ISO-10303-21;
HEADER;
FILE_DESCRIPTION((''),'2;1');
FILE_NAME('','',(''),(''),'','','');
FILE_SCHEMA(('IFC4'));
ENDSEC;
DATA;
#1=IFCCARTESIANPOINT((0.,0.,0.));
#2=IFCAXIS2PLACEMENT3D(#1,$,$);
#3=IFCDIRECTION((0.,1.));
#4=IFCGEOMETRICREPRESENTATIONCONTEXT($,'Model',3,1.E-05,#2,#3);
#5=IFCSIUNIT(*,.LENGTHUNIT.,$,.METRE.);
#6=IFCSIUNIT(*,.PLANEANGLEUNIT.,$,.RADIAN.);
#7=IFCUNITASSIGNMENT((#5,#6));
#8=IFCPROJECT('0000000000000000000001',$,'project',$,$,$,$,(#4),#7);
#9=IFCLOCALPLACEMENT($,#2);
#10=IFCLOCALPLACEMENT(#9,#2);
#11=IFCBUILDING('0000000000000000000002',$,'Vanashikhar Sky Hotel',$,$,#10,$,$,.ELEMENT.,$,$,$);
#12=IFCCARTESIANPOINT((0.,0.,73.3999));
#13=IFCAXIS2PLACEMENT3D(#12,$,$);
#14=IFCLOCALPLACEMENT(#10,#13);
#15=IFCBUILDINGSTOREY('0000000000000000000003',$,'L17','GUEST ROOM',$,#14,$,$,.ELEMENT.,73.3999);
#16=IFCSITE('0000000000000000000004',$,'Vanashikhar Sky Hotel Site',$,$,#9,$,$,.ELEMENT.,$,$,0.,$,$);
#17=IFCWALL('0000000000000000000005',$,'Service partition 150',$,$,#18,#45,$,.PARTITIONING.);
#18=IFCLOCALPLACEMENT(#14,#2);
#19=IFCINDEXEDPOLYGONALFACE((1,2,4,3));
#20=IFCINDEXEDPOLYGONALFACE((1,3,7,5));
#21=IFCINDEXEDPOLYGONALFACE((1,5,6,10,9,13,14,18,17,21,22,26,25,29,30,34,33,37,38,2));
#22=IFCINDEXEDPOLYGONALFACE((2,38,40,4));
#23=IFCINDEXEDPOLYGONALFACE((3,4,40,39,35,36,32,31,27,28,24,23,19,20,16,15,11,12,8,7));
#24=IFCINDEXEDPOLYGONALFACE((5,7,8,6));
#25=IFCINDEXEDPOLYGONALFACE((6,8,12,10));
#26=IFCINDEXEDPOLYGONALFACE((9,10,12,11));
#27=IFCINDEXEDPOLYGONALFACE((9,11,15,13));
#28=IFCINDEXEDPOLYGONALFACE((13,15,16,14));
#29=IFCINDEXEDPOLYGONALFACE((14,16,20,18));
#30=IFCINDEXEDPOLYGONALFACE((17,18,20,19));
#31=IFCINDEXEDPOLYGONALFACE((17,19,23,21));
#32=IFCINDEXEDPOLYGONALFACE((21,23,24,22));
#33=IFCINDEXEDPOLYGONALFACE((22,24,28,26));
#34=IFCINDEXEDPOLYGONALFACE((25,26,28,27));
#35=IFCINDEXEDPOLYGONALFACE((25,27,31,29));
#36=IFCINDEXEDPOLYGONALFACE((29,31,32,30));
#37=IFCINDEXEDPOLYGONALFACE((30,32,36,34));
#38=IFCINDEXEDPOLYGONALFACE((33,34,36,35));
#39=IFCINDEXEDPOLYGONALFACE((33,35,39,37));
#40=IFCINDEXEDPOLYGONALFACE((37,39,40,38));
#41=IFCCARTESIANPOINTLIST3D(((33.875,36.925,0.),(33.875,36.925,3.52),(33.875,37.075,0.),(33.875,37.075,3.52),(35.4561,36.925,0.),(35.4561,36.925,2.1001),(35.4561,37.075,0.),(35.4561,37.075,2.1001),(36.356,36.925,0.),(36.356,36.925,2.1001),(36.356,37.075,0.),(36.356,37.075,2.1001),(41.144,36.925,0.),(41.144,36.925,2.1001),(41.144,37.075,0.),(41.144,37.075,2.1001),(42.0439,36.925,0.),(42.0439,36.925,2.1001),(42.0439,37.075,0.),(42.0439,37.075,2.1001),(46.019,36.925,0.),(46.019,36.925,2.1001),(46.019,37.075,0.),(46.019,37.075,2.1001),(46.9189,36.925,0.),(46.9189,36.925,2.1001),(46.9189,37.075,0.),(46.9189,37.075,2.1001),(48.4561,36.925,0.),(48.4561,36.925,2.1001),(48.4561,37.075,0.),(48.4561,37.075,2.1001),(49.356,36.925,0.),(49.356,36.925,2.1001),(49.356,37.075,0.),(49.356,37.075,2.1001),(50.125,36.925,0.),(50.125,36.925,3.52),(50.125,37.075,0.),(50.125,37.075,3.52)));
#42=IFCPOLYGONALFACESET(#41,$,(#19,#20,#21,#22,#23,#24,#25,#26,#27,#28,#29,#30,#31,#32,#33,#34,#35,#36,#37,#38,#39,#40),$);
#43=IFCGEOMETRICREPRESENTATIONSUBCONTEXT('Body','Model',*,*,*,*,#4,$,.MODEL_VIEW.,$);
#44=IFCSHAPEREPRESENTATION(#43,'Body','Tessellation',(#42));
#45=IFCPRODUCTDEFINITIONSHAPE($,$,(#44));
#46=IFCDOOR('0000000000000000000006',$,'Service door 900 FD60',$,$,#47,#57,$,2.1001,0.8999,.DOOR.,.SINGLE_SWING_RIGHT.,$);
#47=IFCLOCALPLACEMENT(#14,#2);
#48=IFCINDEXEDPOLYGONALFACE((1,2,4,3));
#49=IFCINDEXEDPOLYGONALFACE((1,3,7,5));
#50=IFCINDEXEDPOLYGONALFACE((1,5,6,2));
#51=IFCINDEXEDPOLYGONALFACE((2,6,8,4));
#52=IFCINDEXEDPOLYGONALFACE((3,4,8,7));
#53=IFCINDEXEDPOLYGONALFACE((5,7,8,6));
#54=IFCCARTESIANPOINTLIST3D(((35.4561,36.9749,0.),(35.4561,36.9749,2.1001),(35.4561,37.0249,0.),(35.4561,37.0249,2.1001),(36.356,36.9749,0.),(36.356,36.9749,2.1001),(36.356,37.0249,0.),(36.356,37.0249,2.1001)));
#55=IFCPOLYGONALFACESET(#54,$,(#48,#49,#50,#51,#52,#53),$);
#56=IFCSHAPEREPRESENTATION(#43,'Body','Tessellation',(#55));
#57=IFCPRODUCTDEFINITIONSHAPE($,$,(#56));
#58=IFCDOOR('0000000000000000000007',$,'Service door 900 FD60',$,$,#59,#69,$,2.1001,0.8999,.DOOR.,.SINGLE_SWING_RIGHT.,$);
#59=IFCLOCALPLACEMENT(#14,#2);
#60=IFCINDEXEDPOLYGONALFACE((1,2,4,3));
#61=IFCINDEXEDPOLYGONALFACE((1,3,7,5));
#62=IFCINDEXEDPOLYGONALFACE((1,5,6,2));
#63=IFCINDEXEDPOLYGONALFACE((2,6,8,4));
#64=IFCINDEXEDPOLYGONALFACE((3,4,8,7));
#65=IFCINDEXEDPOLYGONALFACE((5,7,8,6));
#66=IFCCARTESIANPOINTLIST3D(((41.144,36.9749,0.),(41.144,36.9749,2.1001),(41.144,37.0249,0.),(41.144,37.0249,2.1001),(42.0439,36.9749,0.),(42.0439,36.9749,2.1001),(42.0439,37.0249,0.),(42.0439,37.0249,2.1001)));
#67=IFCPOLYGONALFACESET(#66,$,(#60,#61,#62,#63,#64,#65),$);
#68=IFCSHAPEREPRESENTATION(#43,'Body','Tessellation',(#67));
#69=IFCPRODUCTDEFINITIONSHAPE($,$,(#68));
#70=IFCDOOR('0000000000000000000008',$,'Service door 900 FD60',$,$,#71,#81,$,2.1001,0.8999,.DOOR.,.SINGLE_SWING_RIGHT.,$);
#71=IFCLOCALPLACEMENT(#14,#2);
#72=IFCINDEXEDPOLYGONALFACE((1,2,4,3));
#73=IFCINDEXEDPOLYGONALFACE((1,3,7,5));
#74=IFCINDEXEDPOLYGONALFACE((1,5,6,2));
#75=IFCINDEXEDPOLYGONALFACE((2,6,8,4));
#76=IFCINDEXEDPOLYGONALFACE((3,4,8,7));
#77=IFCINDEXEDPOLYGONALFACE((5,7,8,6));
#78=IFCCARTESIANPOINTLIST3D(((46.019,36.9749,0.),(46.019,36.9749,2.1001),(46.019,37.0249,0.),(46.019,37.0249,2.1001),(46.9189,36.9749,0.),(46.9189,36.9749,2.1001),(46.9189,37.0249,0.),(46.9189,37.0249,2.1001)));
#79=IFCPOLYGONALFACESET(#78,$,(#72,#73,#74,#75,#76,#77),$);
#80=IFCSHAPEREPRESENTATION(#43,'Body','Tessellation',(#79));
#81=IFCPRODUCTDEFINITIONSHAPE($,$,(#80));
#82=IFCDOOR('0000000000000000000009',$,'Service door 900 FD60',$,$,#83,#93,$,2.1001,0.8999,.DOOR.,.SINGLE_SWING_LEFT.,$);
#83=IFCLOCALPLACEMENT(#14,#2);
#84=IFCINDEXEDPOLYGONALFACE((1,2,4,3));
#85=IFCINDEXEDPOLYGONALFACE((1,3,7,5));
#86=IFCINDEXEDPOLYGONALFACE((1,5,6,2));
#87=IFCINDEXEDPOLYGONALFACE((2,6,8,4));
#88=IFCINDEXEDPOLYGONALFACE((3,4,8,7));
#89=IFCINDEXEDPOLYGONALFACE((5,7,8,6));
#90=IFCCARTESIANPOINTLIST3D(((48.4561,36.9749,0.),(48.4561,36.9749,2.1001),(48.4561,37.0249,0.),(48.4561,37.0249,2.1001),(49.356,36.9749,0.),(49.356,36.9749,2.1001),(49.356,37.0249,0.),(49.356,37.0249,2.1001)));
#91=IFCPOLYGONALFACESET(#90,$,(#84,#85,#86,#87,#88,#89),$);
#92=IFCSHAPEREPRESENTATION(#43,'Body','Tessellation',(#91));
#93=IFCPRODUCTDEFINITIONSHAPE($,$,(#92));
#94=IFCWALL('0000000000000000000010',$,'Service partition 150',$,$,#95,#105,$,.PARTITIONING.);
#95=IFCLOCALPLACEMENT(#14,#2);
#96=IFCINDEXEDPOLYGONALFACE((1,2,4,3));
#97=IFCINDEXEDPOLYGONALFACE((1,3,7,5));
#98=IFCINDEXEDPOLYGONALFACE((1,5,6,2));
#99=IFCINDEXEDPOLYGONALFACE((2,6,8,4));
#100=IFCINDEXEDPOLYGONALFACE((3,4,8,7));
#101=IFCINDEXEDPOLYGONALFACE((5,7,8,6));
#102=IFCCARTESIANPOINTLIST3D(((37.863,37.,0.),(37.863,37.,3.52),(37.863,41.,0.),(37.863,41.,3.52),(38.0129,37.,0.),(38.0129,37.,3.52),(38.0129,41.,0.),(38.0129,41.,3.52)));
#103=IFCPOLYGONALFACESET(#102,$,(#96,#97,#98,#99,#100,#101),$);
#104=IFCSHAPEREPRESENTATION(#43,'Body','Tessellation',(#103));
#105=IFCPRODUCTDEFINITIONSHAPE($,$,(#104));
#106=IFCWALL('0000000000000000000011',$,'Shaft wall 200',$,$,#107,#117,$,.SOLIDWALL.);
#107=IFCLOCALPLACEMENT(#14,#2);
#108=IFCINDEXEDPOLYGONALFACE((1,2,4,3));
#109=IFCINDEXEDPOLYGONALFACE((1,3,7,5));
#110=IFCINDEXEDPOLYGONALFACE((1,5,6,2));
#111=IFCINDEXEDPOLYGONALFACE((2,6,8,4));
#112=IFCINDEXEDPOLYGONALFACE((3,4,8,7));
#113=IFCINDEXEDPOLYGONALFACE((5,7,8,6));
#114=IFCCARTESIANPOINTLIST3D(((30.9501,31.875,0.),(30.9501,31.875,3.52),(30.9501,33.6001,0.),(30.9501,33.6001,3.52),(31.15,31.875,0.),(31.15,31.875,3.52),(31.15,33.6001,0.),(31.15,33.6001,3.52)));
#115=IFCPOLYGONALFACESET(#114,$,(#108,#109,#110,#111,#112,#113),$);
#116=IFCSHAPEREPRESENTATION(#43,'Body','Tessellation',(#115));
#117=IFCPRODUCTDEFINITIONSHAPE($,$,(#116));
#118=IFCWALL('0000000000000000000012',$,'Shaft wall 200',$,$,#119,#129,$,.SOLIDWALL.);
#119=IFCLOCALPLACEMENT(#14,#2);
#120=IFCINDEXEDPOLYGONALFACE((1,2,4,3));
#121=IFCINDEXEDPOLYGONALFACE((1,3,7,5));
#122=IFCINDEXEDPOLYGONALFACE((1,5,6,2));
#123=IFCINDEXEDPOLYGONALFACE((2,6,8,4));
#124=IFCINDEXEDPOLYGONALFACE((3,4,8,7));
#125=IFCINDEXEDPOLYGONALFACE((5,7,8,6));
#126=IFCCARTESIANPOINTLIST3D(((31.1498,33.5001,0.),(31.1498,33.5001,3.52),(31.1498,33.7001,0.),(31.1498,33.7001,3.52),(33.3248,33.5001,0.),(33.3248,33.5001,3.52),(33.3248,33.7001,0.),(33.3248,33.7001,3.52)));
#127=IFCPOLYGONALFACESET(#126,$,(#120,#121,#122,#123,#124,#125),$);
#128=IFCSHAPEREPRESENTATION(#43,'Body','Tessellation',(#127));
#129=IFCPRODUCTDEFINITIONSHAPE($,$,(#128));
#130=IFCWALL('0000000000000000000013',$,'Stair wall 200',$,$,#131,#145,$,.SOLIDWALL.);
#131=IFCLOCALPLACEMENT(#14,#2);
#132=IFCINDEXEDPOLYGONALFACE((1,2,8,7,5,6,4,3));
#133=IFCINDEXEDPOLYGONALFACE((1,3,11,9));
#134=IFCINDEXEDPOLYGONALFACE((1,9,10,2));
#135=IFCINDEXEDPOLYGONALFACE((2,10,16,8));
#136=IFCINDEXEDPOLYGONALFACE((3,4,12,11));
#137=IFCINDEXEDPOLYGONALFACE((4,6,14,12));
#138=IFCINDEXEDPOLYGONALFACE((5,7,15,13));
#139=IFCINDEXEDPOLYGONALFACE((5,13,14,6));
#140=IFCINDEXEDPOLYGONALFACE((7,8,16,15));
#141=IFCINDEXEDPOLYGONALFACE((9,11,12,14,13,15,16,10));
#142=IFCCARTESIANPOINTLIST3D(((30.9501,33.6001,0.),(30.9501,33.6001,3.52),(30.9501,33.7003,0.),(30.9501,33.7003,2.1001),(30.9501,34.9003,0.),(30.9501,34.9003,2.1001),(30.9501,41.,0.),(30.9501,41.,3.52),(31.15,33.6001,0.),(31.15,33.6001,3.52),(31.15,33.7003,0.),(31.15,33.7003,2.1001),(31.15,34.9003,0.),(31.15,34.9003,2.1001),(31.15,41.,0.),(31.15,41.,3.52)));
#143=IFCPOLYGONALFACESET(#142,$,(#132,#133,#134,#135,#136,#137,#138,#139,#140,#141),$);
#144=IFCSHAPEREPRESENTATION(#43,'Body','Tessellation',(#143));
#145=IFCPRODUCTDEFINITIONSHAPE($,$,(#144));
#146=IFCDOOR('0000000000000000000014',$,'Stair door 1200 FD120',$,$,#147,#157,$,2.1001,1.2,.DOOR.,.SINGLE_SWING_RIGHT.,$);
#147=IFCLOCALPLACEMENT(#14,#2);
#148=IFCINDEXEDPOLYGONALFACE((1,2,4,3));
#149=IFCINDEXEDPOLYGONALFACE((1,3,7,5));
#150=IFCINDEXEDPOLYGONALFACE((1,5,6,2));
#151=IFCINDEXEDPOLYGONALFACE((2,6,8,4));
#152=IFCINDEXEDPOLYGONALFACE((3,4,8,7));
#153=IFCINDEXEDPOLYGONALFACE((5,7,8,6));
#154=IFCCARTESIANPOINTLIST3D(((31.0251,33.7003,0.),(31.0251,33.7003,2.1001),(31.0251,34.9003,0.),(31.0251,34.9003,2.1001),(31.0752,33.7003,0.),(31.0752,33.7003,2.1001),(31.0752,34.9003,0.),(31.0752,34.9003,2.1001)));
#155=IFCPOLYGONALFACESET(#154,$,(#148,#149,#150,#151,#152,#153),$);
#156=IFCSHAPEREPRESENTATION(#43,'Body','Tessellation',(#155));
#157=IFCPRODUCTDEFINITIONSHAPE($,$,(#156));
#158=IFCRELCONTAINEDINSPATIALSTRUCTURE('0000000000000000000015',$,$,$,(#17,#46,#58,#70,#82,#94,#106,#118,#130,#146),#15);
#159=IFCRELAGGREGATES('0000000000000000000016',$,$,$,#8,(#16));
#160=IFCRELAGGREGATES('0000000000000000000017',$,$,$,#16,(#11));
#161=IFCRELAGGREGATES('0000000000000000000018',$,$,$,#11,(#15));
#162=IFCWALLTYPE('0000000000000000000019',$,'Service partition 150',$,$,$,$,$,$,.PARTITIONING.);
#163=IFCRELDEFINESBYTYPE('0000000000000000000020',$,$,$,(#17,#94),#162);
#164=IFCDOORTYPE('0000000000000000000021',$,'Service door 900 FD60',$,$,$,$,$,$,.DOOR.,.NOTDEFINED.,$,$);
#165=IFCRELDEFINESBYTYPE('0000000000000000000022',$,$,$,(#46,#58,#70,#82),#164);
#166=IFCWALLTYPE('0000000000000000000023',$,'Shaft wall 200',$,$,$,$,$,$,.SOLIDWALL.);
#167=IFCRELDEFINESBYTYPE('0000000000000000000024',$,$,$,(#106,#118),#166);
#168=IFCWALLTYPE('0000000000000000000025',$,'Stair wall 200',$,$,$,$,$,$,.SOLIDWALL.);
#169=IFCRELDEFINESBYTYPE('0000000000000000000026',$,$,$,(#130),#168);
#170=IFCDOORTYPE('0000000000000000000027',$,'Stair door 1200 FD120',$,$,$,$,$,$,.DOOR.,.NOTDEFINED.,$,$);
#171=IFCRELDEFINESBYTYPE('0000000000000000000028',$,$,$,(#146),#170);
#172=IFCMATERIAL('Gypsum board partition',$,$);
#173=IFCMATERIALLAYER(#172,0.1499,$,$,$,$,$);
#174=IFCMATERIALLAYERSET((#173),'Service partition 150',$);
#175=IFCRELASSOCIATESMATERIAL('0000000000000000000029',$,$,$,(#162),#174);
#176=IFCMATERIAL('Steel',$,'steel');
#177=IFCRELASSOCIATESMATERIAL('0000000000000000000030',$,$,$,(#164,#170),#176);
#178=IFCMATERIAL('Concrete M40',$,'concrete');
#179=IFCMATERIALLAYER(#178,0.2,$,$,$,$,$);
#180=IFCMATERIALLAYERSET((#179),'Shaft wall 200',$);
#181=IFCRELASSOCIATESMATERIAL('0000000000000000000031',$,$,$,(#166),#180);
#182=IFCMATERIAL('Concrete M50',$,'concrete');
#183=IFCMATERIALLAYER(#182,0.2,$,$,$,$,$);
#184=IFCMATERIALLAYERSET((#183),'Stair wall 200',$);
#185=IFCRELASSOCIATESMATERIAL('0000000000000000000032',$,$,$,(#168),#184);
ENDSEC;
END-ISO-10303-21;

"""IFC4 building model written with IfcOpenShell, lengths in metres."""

from ifc_helpers import new_model, si_unit, direction, frame, frame_2d, origin, place, context, subcontext, project, spatial, rectangle, extrude, source, transform, mapped, material, layer, layer_set, type_object, element, fill, save


model = new_model("IFC4")

# Units and contexts
model_context = context("Model", 3, precision=1e-05, world=origin(), true_north=direction((0.0, 1.0)))
body_context = subcontext(model_context, "Body", "Model", "MODEL_VIEW")
ifc_project = project(units=[si_unit("LENGTHUNIT", "METRE"), si_unit("PLANEANGLEUNIT", "RADIAN")], contexts=[model_context])

# Site, building, storey
site_placement = place(None, origin())
site = spatial("IfcSite", under=ifc_project, at=site_placement, Name="Vanashikhar Sky Hotel Site", CompositionType="ELEMENT", RefElevation=0.0)
building_placement = place(site_placement, origin())
building = spatial("IfcBuilding", under=site, at=building_placement, Name="Vanashikhar Sky Hotel", CompositionType="ELEMENT")
storey_placement = place(building_placement, frame((0.0, 0.0, 73.3999)))
storey = spatial("IfcBuildingStorey", under=building, at=storey_placement, Name="L17", Description="GUEST ROOM", CompositionType="ELEMENT", Elevation=73.3999)

# Shared definitions
ifc_material_1 = material(Name="Steel", Category="steel")

# Shared definitions
ifc_material_2 = material(Name="Gypsum board partition")
ifc_layer_1 = layer(ifc_material_2, 0.1499)
ifc_layer_set_1 = layer_set([ifc_layer_1], Name="Service partition 150")
wall_type_1 = type_object("IfcWallType", Name="Service partition 150", PredefinedType="PARTITIONING", material=ifc_layer_set_1)

# Wall, openings, doors
shared_shape_1 = source(origin(), body_context, "Body", "SweptSolid", [
    extrude(rectangle(XDim=0.8999, YDim=2.1001, at=frame_2d((0.45, 1.05))), frame((0.0, 0.085, 0.0), z_axis=(0.0, -1.0, 0.0), x_axis=(1.0, 0.0, 0.0)), (0.0, 0.0, 1.0), 0.1699),
])
door_type_1 = type_object("IfcDoorType", Name="Service door 900 FD60", OperationType="NOTDEFINED", PredefinedType="DOOR", material=ifc_material_1)
shared_shape_2 = source(origin(), body_context, "Body", "SweptSolid", [
    extrude(rectangle(XDim=0.8999, YDim=2.1001, at=frame_2d((0.45, 1.05))), frame((0.0, 0.0249, 0.0), z_axis=(0.0, -1.0, 0.0), x_axis=(1.0, 0.0, 0.0)), (0.0, 0.0, 1.0), 0.05),
])
shared_shape_3 = source(origin(), body_context, "Body", "SweptSolid", [
    extrude(rectangle(XDim=16.25, YDim=0.1499, at=frame_2d((8.125, 0.0))), origin(), (0.0, 0.0, 1.0), 3.52),
])
wall_1_placement = place(storey_placement, frame((33.875, 37.0, 0.0), z_axis=(0.0, 0.0, 1.0), x_axis=(1.0, 0.0, 0.0)))
wall_1 = element("IfcWall", 1, at=wall_1_placement, inside=storey, type_object=wall_type_1, Name="Service partition 150", PredefinedType="PARTITIONING", context=body_context, shape_type="MappedRepresentation", body=[
    mapped(shared_shape_3, transform((0.0, 0.0, 0.0), scale=1.0)),
])
opening_1_placement = place(wall_1_placement, frame((1.5811, 0.0, 0.0)))
opening_1 = element("IfcOpeningElement", 2, at=opening_1_placement, cuts=wall_1, PredefinedType="OPENING", context=body_context, shape_type="MappedRepresentation", body=[
    mapped(shared_shape_1, transform((0.0, 0.0, 0.0), scale=1.0)),
])
opening_2_placement = place(wall_1_placement, frame((7.269, 0.0, 0.0)))
opening_2 = element("IfcOpeningElement", 3, at=opening_2_placement, cuts=wall_1, PredefinedType="OPENING", context=body_context, shape_type="MappedRepresentation", body=[
    mapped(shared_shape_1, transform((0.0, 0.0, 0.0), scale=1.0)),
])
opening_3_placement = place(wall_1_placement, frame((12.144, 0.0, 0.0)))
opening_3 = element("IfcOpeningElement", 4, at=opening_3_placement, cuts=wall_1, PredefinedType="OPENING", context=body_context, shape_type="MappedRepresentation", body=[
    mapped(shared_shape_1, transform((0.0, 0.0, 0.0), scale=1.0)),
])
opening_4_placement = place(wall_1_placement, frame((14.5811, 0.0, 0.0)))
opening_4 = element("IfcOpeningElement", 5, at=opening_4_placement, cuts=wall_1, PredefinedType="OPENING", context=body_context, shape_type="MappedRepresentation", body=[
    mapped(shared_shape_1, transform((0.0, 0.0, 0.0), scale=1.0)),
])
door_1_placement = place(opening_1_placement, origin())
door_1 = element("IfcDoor", 6, at=door_1_placement, inside=storey, type_object=door_type_1, Name="Service door 900 FD60", OperationType="SINGLE_SWING_RIGHT", OverallHeight=2.1001, OverallWidth=0.8999, PredefinedType="DOOR", context=body_context, shape_type="MappedRepresentation", body=[
    mapped(shared_shape_2, transform((0.0, 0.0, 0.0), scale=1.0)),
])
fill(opening_1, door_1)
door_2_placement = place(opening_2_placement, origin())
door_2 = element("IfcDoor", 7, at=door_2_placement, inside=storey, type_object=door_type_1, Name="Service door 900 FD60", OperationType="SINGLE_SWING_RIGHT", OverallHeight=2.1001, OverallWidth=0.8999, PredefinedType="DOOR", context=body_context, shape_type="MappedRepresentation", body=[
    mapped(shared_shape_2, transform((0.0, 0.0, 0.0), scale=1.0)),
])
fill(opening_2, door_2)
door_3_placement = place(opening_3_placement, origin())
door_3 = element("IfcDoor", 8, at=door_3_placement, inside=storey, type_object=door_type_1, Name="Service door 900 FD60", OperationType="SINGLE_SWING_RIGHT", OverallHeight=2.1001, OverallWidth=0.8999, PredefinedType="DOOR", context=body_context, shape_type="MappedRepresentation", body=[
    mapped(shared_shape_2, transform((0.0, 0.0, 0.0), scale=1.0)),
])
fill(opening_3, door_3)
door_4_placement = place(opening_4_placement, origin())
door_4 = element("IfcDoor", 9, at=door_4_placement, inside=storey, type_object=door_type_1, Name="Service door 900 FD60", OperationType="SINGLE_SWING_LEFT", OverallHeight=2.1001, OverallWidth=0.8999, PredefinedType="DOOR", context=body_context, shape_type="MappedRepresentation", body=[
    mapped(shared_shape_2, transform((0.0, 0.0, 0.0), scale=1.0)),
])
fill(opening_4, door_4)

# Walls
shared_shape_4 = source(origin(), body_context, "Body", "SweptSolid", [
    extrude(rectangle(XDim=4.0, YDim=0.1499, at=frame_2d((2.0, 0.0))), origin(), (0.0, 0.0, 1.0), 3.52),
])
wall_2_placement = place(storey_placement, frame((37.938, 37.0, 0.0), z_axis=(0.0, 0.0, 1.0), x_axis=(0.0, 1.0, 0.0)))
element("IfcWall", 10, at=wall_2_placement, inside=storey, type_object=wall_type_1, Name="Service partition 150", PredefinedType="PARTITIONING", context=body_context, shape_type="MappedRepresentation", body=[
    mapped(shared_shape_4, transform((0.0, 0.0, 0.0), scale=1.0)),
])
ifc_material_3 = material(Name="Concrete M40", Category="concrete")
ifc_layer_2 = layer(ifc_material_3, 0.2)
ifc_layer_set_2 = layer_set([ifc_layer_2], Name="Shaft wall 200")
wall_type_2 = type_object("IfcWallType", Name="Shaft wall 200", PredefinedType="SOLIDWALL", material=ifc_layer_set_2)
shared_shape_5 = source(origin(), body_context, "Body", "SweptSolid", [
    extrude(rectangle(XDim=1.7251, YDim=0.2, at=frame_2d((0.8625, 0.0))), origin(), (0.0, 0.0, 1.0), 3.52),
])
wall_3_placement = place(storey_placement, frame((31.05, 31.875, 0.0), z_axis=(0.0, 0.0, 1.0), x_axis=(0.0, 1.0, 0.0)))
element("IfcWall", 11, at=wall_3_placement, inside=storey, type_object=wall_type_2, Name="Shaft wall 200", PredefinedType="SOLIDWALL", context=body_context, shape_type="MappedRepresentation", body=[
    mapped(shared_shape_5, transform((0.0, 0.0, 0.0), scale=1.0)),
])
shared_shape_6 = source(origin(), body_context, "Body", "SweptSolid", [
    extrude(rectangle(XDim=2.175, YDim=0.2, at=frame_2d((1.0874, 0.0))), origin(), (0.0, 0.0, 1.0), 3.52),
])
wall_4_placement = place(storey_placement, frame((31.1499, 33.6001, 0.0), z_axis=(0.0, 0.0, 1.0), x_axis=(1.0, 0.0, 0.0)))
element("IfcWall", 12, at=wall_4_placement, inside=storey, type_object=wall_type_2, Name="Shaft wall 200", PredefinedType="SOLIDWALL", context=body_context, shape_type="MappedRepresentation", body=[
    mapped(shared_shape_6, transform((0.0, 0.0, 0.0), scale=1.0)),
])

# Wall, opening, door
ifc_material_4 = material(Name="Concrete M50", Category="concrete")
ifc_layer_3 = layer(ifc_material_4, 0.2)
ifc_layer_set_3 = layer_set([ifc_layer_3], Name="Stair wall 200")
wall_type_3 = type_object("IfcWallType", Name="Stair wall 200", PredefinedType="SOLIDWALL", material=ifc_layer_set_3)
shared_shape_7 = source(origin(), body_context, "Body", "SweptSolid", [
    extrude(rectangle(XDim=7.3999, YDim=0.2, at=frame_2d((3.7, 0.0))), origin(), (0.0, 0.0, 1.0), 3.52),
])
wall_5_placement = place(storey_placement, frame((31.05, 33.6001, 0.0), z_axis=(0.0, 0.0, 1.0), x_axis=(0.0, 1.0, 0.0)))
wall_5 = element("IfcWall", 13, at=wall_5_placement, inside=storey, type_object=wall_type_3, Name="Stair wall 200", PredefinedType="SOLIDWALL", context=body_context, shape_type="MappedRepresentation", body=[
    mapped(shared_shape_7, transform((0.0, 0.0, 0.0), scale=1.0)),
])
shared_shape_8 = source(origin(), body_context, "Body", "SweptSolid", [
    extrude(rectangle(XDim=1.2, YDim=2.1001, at=frame_2d((0.6001, 1.05))), frame((0.0, 0.1099, 0.0), z_axis=(0.0, -1.0, 0.0), x_axis=(1.0, 0.0, 0.0)), (0.0, 0.0, 1.0), 0.22),
])
opening_5_placement = place(wall_5_placement, frame((0.1001, 0.0, 0.0)))
opening_5 = element("IfcOpeningElement", 14, at=opening_5_placement, cuts=wall_5, PredefinedType="OPENING", context=body_context, shape_type="MappedRepresentation", body=[
    mapped(shared_shape_8, transform((0.0, 0.0, 0.0), scale=1.0)),
])
door_type_2 = type_object("IfcDoorType", Name="Stair door 1200 FD120", OperationType="NOTDEFINED", PredefinedType="DOOR", material=ifc_material_1)
shared_shape_9 = source(origin(), body_context, "Body", "SweptSolid", [
    extrude(rectangle(XDim=1.2, YDim=2.1001, at=frame_2d((0.6001, 1.05))), frame((0.0, 0.0249, 0.0), z_axis=(0.0, -1.0, 0.0), x_axis=(1.0, 0.0, 0.0)), (0.0, 0.0, 1.0), 0.05),
])
door_5_placement = place(opening_5_placement, origin())
door_5 = element("IfcDoor", 15, at=door_5_placement, inside=storey, type_object=door_type_2, Name="Stair door 1200 FD120", OperationType="SINGLE_SWING_RIGHT", OverallHeight=2.1001, OverallWidth=1.2, PredefinedType="DOOR", context=body_context, shape_type="MappedRepresentation", body=[
    mapped(shared_shape_9, transform((0.0, 0.0, 0.0), scale=1.0)),
])
fill(opening_5, door_5)

save(model, "model.ifc")
